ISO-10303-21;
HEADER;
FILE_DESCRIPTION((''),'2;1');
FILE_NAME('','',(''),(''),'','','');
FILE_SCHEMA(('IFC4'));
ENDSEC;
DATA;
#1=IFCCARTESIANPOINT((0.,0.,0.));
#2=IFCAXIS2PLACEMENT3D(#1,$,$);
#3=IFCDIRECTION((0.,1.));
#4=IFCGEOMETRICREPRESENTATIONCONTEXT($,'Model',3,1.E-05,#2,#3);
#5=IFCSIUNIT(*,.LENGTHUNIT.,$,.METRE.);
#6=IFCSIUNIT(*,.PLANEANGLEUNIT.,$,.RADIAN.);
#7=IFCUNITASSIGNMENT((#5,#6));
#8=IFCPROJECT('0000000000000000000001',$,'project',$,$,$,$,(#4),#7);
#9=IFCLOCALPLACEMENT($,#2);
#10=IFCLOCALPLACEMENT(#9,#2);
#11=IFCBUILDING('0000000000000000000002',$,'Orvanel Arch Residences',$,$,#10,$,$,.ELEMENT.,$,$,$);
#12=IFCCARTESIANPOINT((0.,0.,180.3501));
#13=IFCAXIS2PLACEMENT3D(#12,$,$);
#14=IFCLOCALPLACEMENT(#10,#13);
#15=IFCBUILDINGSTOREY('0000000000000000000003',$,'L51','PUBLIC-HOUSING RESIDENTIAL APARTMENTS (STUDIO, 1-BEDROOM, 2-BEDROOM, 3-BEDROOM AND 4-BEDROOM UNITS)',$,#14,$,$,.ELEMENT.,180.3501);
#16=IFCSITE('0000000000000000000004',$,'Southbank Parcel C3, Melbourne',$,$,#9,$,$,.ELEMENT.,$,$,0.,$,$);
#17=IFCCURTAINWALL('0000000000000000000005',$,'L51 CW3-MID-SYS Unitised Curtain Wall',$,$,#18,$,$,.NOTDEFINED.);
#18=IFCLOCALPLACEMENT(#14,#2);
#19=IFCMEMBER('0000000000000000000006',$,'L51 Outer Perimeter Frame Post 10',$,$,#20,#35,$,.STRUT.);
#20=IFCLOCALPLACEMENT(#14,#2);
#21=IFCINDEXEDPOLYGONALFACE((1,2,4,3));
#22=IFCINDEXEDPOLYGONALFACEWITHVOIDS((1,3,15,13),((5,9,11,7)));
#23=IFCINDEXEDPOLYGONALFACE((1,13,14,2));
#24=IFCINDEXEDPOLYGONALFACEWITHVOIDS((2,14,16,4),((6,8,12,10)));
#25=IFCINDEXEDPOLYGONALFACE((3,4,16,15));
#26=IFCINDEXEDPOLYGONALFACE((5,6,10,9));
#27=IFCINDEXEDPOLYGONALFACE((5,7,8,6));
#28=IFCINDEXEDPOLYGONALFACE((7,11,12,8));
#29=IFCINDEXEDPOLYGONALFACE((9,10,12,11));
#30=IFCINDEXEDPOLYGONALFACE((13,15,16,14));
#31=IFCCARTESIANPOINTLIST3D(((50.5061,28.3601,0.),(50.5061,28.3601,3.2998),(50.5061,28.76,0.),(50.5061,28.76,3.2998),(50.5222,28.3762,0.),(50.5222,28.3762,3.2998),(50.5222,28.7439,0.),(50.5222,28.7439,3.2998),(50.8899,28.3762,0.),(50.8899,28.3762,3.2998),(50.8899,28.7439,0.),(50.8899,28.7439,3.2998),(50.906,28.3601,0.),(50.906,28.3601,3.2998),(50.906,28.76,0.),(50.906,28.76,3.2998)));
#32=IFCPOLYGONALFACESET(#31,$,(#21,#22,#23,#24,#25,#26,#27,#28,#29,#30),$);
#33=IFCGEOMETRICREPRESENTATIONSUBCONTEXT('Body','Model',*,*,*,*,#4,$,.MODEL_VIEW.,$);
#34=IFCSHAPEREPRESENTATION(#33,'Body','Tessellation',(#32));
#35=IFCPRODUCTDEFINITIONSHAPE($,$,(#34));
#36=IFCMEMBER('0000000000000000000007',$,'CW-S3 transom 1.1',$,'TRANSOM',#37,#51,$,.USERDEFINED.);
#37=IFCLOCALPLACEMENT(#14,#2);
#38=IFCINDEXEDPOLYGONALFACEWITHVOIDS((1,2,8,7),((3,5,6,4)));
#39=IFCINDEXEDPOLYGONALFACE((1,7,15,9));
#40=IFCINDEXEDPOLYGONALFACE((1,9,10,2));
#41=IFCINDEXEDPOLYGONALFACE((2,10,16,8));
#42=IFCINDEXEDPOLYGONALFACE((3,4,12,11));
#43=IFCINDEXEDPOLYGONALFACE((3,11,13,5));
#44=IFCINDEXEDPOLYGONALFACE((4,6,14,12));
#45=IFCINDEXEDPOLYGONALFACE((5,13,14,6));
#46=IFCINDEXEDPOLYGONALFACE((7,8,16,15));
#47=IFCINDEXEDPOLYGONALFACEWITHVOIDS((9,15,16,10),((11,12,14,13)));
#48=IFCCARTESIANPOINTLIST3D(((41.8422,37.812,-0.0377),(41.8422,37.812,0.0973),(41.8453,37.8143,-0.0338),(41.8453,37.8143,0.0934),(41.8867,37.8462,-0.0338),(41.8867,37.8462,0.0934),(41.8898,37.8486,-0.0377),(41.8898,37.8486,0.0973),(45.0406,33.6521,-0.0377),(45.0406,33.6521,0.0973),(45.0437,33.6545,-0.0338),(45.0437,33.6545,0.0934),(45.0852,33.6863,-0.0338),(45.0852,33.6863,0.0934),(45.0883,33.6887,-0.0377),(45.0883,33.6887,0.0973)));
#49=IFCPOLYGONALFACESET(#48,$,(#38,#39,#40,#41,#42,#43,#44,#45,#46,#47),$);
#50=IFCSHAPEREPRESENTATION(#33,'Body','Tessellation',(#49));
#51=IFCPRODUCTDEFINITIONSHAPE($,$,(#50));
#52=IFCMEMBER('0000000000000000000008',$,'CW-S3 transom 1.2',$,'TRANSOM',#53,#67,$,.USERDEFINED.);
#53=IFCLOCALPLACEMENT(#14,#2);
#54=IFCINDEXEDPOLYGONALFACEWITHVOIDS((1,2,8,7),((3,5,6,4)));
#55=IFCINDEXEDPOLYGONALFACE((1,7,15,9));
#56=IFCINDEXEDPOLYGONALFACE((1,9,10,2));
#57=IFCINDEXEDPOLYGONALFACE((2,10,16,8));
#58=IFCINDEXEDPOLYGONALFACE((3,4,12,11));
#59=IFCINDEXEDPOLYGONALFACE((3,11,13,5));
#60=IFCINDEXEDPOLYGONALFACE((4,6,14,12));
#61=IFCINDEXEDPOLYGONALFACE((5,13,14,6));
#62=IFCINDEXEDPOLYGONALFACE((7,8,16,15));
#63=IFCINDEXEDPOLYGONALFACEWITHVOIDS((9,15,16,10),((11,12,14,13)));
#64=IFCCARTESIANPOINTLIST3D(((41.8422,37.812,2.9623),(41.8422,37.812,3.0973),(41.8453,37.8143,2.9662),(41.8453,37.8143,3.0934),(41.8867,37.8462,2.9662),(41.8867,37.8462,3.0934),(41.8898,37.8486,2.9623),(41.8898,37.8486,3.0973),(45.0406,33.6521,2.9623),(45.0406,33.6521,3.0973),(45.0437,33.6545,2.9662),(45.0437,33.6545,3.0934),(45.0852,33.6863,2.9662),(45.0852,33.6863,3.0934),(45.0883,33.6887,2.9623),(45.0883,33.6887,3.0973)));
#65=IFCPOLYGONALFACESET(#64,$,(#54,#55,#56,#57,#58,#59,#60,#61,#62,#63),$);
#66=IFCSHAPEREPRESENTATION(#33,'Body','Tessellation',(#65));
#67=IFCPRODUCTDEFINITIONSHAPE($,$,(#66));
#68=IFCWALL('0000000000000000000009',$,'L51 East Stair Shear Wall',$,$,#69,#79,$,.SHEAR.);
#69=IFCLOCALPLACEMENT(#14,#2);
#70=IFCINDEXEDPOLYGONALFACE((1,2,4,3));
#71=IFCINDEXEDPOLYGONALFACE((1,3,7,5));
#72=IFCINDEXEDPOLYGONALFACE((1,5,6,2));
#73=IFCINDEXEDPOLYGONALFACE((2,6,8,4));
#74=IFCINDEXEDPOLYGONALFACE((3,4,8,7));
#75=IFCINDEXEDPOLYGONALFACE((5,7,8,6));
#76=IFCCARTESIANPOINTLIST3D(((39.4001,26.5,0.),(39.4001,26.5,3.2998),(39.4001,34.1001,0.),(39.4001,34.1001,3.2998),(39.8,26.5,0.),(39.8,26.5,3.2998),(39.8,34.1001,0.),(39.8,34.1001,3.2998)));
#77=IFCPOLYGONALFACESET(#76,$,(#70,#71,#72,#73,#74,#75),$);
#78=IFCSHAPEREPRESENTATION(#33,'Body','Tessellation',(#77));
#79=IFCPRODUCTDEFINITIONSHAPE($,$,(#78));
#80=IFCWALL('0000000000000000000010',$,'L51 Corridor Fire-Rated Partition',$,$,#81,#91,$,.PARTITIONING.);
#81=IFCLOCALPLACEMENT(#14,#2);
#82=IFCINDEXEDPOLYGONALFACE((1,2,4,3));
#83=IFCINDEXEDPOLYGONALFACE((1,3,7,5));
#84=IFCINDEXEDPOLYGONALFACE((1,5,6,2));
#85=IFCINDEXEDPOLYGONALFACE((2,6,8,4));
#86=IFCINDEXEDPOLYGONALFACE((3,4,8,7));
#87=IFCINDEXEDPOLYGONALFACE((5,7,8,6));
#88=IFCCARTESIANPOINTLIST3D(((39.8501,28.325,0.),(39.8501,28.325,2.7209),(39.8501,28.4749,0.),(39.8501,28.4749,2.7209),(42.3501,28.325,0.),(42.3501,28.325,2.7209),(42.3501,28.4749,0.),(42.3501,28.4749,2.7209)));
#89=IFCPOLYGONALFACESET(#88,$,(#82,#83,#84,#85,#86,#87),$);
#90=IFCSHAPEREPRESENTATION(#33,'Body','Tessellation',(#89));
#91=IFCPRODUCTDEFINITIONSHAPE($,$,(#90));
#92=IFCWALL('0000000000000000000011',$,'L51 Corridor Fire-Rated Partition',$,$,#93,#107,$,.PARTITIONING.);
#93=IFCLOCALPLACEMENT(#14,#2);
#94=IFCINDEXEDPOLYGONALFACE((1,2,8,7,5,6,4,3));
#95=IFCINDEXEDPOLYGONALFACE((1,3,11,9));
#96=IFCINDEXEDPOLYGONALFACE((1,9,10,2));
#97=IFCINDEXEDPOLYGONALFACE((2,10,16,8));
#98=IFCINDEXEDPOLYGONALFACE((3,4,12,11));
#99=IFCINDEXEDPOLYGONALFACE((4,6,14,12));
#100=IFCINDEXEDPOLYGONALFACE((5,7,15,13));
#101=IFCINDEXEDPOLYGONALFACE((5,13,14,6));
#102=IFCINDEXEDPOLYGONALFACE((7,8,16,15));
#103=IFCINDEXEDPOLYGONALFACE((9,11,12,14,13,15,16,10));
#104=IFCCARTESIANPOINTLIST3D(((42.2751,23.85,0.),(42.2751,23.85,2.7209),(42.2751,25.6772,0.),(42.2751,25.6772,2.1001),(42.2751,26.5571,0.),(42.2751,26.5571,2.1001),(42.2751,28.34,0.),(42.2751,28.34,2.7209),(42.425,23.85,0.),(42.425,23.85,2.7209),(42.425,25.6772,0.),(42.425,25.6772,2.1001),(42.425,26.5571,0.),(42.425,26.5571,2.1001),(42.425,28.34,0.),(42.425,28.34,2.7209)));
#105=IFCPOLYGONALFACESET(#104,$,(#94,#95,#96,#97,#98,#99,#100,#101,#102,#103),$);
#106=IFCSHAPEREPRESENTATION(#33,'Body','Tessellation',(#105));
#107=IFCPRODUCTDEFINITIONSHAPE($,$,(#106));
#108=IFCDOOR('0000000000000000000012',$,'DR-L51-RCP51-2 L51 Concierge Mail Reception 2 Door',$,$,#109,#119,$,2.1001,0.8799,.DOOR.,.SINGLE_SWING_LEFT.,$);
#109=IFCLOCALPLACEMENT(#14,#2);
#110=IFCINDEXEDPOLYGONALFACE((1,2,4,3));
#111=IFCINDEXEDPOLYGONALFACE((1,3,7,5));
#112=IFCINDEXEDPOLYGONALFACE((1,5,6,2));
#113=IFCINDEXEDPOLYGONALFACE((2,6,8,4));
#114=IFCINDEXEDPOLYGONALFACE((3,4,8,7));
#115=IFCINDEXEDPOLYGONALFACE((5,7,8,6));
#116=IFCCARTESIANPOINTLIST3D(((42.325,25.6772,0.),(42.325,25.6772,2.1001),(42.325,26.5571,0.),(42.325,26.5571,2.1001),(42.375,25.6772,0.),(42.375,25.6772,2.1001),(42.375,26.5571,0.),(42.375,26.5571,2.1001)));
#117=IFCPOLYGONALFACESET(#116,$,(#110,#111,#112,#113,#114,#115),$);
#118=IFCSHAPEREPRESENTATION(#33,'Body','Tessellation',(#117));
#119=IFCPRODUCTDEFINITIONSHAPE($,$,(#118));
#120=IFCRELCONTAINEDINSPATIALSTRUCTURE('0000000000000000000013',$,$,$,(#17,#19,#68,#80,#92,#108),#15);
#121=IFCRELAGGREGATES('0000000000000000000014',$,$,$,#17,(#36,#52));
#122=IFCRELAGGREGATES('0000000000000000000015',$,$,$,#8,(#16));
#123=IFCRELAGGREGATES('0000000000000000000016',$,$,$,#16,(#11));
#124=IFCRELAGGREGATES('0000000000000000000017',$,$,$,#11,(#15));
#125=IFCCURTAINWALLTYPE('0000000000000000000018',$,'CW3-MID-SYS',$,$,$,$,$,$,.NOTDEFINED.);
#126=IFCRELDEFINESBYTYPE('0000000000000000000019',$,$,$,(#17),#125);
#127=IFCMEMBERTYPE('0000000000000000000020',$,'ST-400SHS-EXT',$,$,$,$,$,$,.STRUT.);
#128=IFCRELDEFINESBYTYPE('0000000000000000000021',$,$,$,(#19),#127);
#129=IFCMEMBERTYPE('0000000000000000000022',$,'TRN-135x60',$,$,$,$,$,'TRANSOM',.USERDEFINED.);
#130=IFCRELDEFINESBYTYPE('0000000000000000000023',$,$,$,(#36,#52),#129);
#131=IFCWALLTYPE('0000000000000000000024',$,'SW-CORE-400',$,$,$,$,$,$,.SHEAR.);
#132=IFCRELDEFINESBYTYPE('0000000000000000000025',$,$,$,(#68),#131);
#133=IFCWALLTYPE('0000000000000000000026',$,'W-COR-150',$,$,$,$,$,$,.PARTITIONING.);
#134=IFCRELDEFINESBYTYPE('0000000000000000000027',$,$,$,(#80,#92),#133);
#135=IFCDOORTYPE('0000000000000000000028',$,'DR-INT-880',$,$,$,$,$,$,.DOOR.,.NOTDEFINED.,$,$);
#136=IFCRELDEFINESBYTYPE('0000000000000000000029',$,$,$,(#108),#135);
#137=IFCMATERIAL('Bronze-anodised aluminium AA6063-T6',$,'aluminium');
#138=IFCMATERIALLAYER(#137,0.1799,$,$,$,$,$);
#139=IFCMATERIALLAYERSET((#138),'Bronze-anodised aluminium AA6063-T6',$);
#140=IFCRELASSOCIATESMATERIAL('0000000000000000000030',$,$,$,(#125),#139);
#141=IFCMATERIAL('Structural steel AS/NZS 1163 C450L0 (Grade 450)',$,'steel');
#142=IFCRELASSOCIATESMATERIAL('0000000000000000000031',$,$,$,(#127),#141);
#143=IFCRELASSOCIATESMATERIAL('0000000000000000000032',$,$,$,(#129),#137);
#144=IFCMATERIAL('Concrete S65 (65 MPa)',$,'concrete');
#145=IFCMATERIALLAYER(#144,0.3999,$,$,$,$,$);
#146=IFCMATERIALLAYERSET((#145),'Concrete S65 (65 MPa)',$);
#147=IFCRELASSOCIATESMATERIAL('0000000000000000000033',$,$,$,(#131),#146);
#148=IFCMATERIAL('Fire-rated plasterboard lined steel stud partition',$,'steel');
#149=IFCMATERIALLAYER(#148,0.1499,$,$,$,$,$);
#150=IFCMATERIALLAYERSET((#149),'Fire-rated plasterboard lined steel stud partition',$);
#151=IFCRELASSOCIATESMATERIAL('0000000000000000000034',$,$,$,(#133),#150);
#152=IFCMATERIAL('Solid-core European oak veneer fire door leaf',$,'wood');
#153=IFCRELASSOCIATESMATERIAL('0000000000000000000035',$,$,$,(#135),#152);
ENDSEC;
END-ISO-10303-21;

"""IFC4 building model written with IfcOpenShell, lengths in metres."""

from ifc_helpers import new_model, si_unit, direction, frame, frame_2d, origin, origin_2d, place, context, subcontext, project, spatial, rectangle, hollow_rectangle, extrude, material, layer, layer_set, material_profile, profile_set, type_object, element, fill, aggregate, save


model = new_model("IFC4")

# Units and contexts
model_context = context("Model", 3, precision=1e-05, world=origin(), true_north=direction((0.0, 1.0)))
body_context = subcontext(model_context, "Body", "Model", "MODEL_VIEW")
ifc_project = project(units=[si_unit("LENGTHUNIT", "METRE"), si_unit("PLANEANGLEUNIT", "RADIAN")], contexts=[model_context])

# Site, building, storey
site_placement = place(None, origin())
site = spatial("IfcSite", under=ifc_project, at=site_placement, Name="Southbank Parcel C3, Melbourne", CompositionType="ELEMENT", RefElevation=0.0)
building_placement = place(site_placement, origin())
building = spatial("IfcBuilding", under=site, at=building_placement, Name="Orvanel Arch Residences", CompositionType="ELEMENT")
storey_placement = place(building_placement, frame((0.0, 0.0, 180.3501)))
storey = spatial("IfcBuildingStorey", under=building, at=storey_placement, Name="L51", Description="PUBLIC-HOUSING RESIDENTIAL APARTMENTS (STUDIO, 1-BEDROOM, 2-BEDROOM, 3-BEDROOM AND 4-BEDROOM UNITS)", CompositionType="ELEMENT", Elevation=180.3501)

# Shared definitions
ifc_material_1 = material(Name="Structural steel AS/NZS 1163 C450L0 (Grade 450)", Category="steel")

# Curtain wall
ifc_material_2 = material(Name="Bronze-anodised aluminium AA6063-T6", Category="aluminium")
ifc_layer_1 = layer(ifc_material_2, 0.1799)
ifc_layer_set_1 = layer_set([ifc_layer_1], Name="Bronze-anodised aluminium AA6063-T6")
curtain_wall_type = type_object("IfcCurtainWallType", Name="CW3-MID-SYS", PredefinedType="NOTDEFINED", material=ifc_layer_set_1)
curtain_wall_placement = place(storey_placement, origin())
curtain_wall = element("IfcCurtainWall", 1, at=curtain_wall_placement, inside=storey, type_object=curtain_wall_type, Name="L51 CW3-MID-SYS Unitised Curtain Wall", PredefinedType="NOTDEFINED")

# Members
ifc_material_profile_1 = material_profile(ifc_material_1, hollow_rectangle(XDim=0.3999, YDim=0.3999, WallThickness=0.0161, at=origin_2d()), Name="SHS400x400x16")
ifc_profile_set_1 = profile_set([ifc_material_profile_1], Name="Structural steel AS/NZS 1163 C450L0 (Grade 450)")
member_type_1 = type_object("IfcMemberType", Name="ST-400SHS-EXT", PredefinedType="STRUT", material=ifc_profile_set_1)
member_1_placement = place(storey_placement, frame((50.7061, 28.5601, 0.0), z_axis=(0.0, 0.0, 1.0), x_axis=(1.0, 0.0, 0.0)))
element("IfcMember", 2, at=member_1_placement, inside=storey, type_object=member_type_1, Name="L51 Outer Perimeter Frame Post 10", PredefinedType="STRUT", context=body_context, shape_type="SweptSolid", body=[
    extrude(hollow_rectangle(XDim=0.3999, YDim=0.3999, WallThickness=0.0161, at=origin_2d()), origin(), (0.0, 0.0, 1.0), 3.2998),
])
ifc_material_profile_2 = material_profile(ifc_material_2, hollow_rectangle(XDim=0.0601, YDim=0.135, WallThickness=0.0039, at=origin_2d()), Name="ALU135x60x4")
ifc_profile_set_2 = profile_set([ifc_material_profile_2], Name="Bronze-anodised aluminium AA6063-T6")
member_type_2 = type_object("IfcMemberType", Name="TRN-135x60", ElementType="TRANSOM", PredefinedType="USERDEFINED", material=ifc_profile_set_2)
member_2_placement = place(storey_placement, frame((45.0645, 33.6704, 0.0298), z_axis=(-0.609538, 0.792757, 0.0), x_axis=(-0.792757, -0.609538, 0.0)))
member_2 = element("IfcMember", 3, at=member_2_placement, type_object=member_type_2, Name="CW-S3 transom 1.1", ObjectType="TRANSOM", PredefinedType="USERDEFINED", context=body_context, shape_type="SweptSolid", body=[
    extrude(hollow_rectangle(XDim=0.0601, YDim=0.135, WallThickness=0.0039, at=origin_2d()), origin(), (0.0, 0.0, 1.0), 5.2473),
])
member_3_placement = place(storey_placement, frame((45.0645, 33.6704, 3.0298), z_axis=(-0.609538, 0.792757, 0.0), x_axis=(-0.792757, -0.609538, 0.0)))
member_3 = element("IfcMember", 4, at=member_3_placement, type_object=member_type_2, Name="CW-S3 transom 1.2", ObjectType="TRANSOM", PredefinedType="USERDEFINED", context=body_context, shape_type="SweptSolid", body=[
    extrude(hollow_rectangle(XDim=0.0601, YDim=0.135, WallThickness=0.0039, at=origin_2d()), origin(), (0.0, 0.0, 1.0), 5.2473),
])
aggregate(curtain_wall, [member_2, member_3])

# Walls
ifc_material_3 = material(Name="Concrete S65 (65 MPa)", Category="concrete")
ifc_layer_2 = layer(ifc_material_3, 0.3999)
ifc_layer_set_2 = layer_set([ifc_layer_2], Name="Concrete S65 (65 MPa)")
wall_type_1 = type_object("IfcWallType", Name="SW-CORE-400", PredefinedType="SHEAR", material=ifc_layer_set_2)
wall_1_placement = place(storey_placement, frame((39.6001, 26.5, 0.0), z_axis=(0.0, 0.0, 1.0), x_axis=(0.0, 1.0, 0.0)))
element("IfcWall", 5, at=wall_1_placement, inside=storey, type_object=wall_type_1, Name="L51 East Stair Shear Wall", PredefinedType="SHEAR", context=body_context, shape_type="SweptSolid", body=[
    extrude(rectangle(XDim=7.6001, YDim=0.3999, at=frame_2d((3.8, 0.0))), origin(), (0.0, 0.0, 1.0), 3.2998),
])
ifc_material_4 = material(Name="Fire-rated plasterboard lined steel stud partition", Category="steel")
ifc_layer_3 = layer(ifc_material_4, 0.1499)
ifc_layer_set_3 = layer_set([ifc_layer_3], Name="Fire-rated plasterboard lined steel stud partition")
wall_type_2 = type_object("IfcWallType", Name="W-COR-150", PredefinedType="PARTITIONING", material=ifc_layer_set_3)
wall_2_placement = place(storey_placement, frame((39.8501, 28.3999, 0.0), z_axis=(0.0, 0.0, 1.0), x_axis=(1.0, 0.0, 0.0)))
element("IfcWall", 6, at=wall_2_placement, inside=storey, type_object=wall_type_2, Name="L51 Corridor Fire-Rated Partition", PredefinedType="PARTITIONING", context=body_context, shape_type="SweptSolid", body=[
    extrude(rectangle(XDim=2.5, YDim=0.1499, at=frame_2d((1.25, 0.0))), origin(), (0.0, 0.0, 1.0), 2.7209),
])

# Wall, opening, door
wall_3_placement = place(storey_placement, frame((42.3501, 28.3401, 0.0), z_axis=(0.0, 0.0, 1.0), x_axis=(0.0, -1.0, 0.0)))
wall_3 = element("IfcWall", 7, at=wall_3_placement, inside=storey, type_object=wall_type_2, Name="L51 Corridor Fire-Rated Partition", PredefinedType="PARTITIONING", context=body_context, shape_type="SweptSolid", body=[
    extrude(rectangle(XDim=4.49, YDim=0.1499, at=frame_2d((2.2451, 0.0))), origin(), (0.0, 0.0, 1.0), 2.7209),
])
opening_placement = place(wall_3_placement, frame((1.783, 0.0, 0.0)))
opening = element("IfcOpeningElement", 8, at=opening_placement, cuts=wall_3, PredefinedType="OPENING", context=body_context, shape_type="SweptSolid", body=[
    extrude(rectangle(XDim=0.8799, YDim=2.1001, at=frame_2d((0.4399, 1.05))), frame((0.0, 0.085, 0.0), z_axis=(0.0, -1.0, 0.0), x_axis=(1.0, 0.0, 0.0)), (0.0, 0.0, 1.0), 0.1699),
])
ifc_material_5 = material(Name="Solid-core European oak veneer fire door leaf", Category="wood")
door_type = type_object("IfcDoorType", Name="DR-INT-880", OperationType="NOTDEFINED", PredefinedType="DOOR", material=ifc_material_5)
door_placement = place(opening_placement, origin())
door = element("IfcDoor", 9, at=door_placement, inside=storey, type_object=door_type, Name="DR-L51-RCP51-2 L51 Concierge Mail Reception 2 Door", OperationType="SINGLE_SWING_LEFT", OverallHeight=2.1001, OverallWidth=0.8799, PredefinedType="DOOR", context=body_context, shape_type="SweptSolid", body=[
    extrude(rectangle(XDim=0.8799, YDim=2.1001, at=frame_2d((0.4399, 1.05))), frame((0.0, 0.0249, 0.0), z_axis=(0.0, -1.0, 0.0), x_axis=(1.0, 0.0, 0.0)), (0.0, 0.0, 1.0), 0.05),
])
fill(opening, door)

save(model, "model.ifc")
